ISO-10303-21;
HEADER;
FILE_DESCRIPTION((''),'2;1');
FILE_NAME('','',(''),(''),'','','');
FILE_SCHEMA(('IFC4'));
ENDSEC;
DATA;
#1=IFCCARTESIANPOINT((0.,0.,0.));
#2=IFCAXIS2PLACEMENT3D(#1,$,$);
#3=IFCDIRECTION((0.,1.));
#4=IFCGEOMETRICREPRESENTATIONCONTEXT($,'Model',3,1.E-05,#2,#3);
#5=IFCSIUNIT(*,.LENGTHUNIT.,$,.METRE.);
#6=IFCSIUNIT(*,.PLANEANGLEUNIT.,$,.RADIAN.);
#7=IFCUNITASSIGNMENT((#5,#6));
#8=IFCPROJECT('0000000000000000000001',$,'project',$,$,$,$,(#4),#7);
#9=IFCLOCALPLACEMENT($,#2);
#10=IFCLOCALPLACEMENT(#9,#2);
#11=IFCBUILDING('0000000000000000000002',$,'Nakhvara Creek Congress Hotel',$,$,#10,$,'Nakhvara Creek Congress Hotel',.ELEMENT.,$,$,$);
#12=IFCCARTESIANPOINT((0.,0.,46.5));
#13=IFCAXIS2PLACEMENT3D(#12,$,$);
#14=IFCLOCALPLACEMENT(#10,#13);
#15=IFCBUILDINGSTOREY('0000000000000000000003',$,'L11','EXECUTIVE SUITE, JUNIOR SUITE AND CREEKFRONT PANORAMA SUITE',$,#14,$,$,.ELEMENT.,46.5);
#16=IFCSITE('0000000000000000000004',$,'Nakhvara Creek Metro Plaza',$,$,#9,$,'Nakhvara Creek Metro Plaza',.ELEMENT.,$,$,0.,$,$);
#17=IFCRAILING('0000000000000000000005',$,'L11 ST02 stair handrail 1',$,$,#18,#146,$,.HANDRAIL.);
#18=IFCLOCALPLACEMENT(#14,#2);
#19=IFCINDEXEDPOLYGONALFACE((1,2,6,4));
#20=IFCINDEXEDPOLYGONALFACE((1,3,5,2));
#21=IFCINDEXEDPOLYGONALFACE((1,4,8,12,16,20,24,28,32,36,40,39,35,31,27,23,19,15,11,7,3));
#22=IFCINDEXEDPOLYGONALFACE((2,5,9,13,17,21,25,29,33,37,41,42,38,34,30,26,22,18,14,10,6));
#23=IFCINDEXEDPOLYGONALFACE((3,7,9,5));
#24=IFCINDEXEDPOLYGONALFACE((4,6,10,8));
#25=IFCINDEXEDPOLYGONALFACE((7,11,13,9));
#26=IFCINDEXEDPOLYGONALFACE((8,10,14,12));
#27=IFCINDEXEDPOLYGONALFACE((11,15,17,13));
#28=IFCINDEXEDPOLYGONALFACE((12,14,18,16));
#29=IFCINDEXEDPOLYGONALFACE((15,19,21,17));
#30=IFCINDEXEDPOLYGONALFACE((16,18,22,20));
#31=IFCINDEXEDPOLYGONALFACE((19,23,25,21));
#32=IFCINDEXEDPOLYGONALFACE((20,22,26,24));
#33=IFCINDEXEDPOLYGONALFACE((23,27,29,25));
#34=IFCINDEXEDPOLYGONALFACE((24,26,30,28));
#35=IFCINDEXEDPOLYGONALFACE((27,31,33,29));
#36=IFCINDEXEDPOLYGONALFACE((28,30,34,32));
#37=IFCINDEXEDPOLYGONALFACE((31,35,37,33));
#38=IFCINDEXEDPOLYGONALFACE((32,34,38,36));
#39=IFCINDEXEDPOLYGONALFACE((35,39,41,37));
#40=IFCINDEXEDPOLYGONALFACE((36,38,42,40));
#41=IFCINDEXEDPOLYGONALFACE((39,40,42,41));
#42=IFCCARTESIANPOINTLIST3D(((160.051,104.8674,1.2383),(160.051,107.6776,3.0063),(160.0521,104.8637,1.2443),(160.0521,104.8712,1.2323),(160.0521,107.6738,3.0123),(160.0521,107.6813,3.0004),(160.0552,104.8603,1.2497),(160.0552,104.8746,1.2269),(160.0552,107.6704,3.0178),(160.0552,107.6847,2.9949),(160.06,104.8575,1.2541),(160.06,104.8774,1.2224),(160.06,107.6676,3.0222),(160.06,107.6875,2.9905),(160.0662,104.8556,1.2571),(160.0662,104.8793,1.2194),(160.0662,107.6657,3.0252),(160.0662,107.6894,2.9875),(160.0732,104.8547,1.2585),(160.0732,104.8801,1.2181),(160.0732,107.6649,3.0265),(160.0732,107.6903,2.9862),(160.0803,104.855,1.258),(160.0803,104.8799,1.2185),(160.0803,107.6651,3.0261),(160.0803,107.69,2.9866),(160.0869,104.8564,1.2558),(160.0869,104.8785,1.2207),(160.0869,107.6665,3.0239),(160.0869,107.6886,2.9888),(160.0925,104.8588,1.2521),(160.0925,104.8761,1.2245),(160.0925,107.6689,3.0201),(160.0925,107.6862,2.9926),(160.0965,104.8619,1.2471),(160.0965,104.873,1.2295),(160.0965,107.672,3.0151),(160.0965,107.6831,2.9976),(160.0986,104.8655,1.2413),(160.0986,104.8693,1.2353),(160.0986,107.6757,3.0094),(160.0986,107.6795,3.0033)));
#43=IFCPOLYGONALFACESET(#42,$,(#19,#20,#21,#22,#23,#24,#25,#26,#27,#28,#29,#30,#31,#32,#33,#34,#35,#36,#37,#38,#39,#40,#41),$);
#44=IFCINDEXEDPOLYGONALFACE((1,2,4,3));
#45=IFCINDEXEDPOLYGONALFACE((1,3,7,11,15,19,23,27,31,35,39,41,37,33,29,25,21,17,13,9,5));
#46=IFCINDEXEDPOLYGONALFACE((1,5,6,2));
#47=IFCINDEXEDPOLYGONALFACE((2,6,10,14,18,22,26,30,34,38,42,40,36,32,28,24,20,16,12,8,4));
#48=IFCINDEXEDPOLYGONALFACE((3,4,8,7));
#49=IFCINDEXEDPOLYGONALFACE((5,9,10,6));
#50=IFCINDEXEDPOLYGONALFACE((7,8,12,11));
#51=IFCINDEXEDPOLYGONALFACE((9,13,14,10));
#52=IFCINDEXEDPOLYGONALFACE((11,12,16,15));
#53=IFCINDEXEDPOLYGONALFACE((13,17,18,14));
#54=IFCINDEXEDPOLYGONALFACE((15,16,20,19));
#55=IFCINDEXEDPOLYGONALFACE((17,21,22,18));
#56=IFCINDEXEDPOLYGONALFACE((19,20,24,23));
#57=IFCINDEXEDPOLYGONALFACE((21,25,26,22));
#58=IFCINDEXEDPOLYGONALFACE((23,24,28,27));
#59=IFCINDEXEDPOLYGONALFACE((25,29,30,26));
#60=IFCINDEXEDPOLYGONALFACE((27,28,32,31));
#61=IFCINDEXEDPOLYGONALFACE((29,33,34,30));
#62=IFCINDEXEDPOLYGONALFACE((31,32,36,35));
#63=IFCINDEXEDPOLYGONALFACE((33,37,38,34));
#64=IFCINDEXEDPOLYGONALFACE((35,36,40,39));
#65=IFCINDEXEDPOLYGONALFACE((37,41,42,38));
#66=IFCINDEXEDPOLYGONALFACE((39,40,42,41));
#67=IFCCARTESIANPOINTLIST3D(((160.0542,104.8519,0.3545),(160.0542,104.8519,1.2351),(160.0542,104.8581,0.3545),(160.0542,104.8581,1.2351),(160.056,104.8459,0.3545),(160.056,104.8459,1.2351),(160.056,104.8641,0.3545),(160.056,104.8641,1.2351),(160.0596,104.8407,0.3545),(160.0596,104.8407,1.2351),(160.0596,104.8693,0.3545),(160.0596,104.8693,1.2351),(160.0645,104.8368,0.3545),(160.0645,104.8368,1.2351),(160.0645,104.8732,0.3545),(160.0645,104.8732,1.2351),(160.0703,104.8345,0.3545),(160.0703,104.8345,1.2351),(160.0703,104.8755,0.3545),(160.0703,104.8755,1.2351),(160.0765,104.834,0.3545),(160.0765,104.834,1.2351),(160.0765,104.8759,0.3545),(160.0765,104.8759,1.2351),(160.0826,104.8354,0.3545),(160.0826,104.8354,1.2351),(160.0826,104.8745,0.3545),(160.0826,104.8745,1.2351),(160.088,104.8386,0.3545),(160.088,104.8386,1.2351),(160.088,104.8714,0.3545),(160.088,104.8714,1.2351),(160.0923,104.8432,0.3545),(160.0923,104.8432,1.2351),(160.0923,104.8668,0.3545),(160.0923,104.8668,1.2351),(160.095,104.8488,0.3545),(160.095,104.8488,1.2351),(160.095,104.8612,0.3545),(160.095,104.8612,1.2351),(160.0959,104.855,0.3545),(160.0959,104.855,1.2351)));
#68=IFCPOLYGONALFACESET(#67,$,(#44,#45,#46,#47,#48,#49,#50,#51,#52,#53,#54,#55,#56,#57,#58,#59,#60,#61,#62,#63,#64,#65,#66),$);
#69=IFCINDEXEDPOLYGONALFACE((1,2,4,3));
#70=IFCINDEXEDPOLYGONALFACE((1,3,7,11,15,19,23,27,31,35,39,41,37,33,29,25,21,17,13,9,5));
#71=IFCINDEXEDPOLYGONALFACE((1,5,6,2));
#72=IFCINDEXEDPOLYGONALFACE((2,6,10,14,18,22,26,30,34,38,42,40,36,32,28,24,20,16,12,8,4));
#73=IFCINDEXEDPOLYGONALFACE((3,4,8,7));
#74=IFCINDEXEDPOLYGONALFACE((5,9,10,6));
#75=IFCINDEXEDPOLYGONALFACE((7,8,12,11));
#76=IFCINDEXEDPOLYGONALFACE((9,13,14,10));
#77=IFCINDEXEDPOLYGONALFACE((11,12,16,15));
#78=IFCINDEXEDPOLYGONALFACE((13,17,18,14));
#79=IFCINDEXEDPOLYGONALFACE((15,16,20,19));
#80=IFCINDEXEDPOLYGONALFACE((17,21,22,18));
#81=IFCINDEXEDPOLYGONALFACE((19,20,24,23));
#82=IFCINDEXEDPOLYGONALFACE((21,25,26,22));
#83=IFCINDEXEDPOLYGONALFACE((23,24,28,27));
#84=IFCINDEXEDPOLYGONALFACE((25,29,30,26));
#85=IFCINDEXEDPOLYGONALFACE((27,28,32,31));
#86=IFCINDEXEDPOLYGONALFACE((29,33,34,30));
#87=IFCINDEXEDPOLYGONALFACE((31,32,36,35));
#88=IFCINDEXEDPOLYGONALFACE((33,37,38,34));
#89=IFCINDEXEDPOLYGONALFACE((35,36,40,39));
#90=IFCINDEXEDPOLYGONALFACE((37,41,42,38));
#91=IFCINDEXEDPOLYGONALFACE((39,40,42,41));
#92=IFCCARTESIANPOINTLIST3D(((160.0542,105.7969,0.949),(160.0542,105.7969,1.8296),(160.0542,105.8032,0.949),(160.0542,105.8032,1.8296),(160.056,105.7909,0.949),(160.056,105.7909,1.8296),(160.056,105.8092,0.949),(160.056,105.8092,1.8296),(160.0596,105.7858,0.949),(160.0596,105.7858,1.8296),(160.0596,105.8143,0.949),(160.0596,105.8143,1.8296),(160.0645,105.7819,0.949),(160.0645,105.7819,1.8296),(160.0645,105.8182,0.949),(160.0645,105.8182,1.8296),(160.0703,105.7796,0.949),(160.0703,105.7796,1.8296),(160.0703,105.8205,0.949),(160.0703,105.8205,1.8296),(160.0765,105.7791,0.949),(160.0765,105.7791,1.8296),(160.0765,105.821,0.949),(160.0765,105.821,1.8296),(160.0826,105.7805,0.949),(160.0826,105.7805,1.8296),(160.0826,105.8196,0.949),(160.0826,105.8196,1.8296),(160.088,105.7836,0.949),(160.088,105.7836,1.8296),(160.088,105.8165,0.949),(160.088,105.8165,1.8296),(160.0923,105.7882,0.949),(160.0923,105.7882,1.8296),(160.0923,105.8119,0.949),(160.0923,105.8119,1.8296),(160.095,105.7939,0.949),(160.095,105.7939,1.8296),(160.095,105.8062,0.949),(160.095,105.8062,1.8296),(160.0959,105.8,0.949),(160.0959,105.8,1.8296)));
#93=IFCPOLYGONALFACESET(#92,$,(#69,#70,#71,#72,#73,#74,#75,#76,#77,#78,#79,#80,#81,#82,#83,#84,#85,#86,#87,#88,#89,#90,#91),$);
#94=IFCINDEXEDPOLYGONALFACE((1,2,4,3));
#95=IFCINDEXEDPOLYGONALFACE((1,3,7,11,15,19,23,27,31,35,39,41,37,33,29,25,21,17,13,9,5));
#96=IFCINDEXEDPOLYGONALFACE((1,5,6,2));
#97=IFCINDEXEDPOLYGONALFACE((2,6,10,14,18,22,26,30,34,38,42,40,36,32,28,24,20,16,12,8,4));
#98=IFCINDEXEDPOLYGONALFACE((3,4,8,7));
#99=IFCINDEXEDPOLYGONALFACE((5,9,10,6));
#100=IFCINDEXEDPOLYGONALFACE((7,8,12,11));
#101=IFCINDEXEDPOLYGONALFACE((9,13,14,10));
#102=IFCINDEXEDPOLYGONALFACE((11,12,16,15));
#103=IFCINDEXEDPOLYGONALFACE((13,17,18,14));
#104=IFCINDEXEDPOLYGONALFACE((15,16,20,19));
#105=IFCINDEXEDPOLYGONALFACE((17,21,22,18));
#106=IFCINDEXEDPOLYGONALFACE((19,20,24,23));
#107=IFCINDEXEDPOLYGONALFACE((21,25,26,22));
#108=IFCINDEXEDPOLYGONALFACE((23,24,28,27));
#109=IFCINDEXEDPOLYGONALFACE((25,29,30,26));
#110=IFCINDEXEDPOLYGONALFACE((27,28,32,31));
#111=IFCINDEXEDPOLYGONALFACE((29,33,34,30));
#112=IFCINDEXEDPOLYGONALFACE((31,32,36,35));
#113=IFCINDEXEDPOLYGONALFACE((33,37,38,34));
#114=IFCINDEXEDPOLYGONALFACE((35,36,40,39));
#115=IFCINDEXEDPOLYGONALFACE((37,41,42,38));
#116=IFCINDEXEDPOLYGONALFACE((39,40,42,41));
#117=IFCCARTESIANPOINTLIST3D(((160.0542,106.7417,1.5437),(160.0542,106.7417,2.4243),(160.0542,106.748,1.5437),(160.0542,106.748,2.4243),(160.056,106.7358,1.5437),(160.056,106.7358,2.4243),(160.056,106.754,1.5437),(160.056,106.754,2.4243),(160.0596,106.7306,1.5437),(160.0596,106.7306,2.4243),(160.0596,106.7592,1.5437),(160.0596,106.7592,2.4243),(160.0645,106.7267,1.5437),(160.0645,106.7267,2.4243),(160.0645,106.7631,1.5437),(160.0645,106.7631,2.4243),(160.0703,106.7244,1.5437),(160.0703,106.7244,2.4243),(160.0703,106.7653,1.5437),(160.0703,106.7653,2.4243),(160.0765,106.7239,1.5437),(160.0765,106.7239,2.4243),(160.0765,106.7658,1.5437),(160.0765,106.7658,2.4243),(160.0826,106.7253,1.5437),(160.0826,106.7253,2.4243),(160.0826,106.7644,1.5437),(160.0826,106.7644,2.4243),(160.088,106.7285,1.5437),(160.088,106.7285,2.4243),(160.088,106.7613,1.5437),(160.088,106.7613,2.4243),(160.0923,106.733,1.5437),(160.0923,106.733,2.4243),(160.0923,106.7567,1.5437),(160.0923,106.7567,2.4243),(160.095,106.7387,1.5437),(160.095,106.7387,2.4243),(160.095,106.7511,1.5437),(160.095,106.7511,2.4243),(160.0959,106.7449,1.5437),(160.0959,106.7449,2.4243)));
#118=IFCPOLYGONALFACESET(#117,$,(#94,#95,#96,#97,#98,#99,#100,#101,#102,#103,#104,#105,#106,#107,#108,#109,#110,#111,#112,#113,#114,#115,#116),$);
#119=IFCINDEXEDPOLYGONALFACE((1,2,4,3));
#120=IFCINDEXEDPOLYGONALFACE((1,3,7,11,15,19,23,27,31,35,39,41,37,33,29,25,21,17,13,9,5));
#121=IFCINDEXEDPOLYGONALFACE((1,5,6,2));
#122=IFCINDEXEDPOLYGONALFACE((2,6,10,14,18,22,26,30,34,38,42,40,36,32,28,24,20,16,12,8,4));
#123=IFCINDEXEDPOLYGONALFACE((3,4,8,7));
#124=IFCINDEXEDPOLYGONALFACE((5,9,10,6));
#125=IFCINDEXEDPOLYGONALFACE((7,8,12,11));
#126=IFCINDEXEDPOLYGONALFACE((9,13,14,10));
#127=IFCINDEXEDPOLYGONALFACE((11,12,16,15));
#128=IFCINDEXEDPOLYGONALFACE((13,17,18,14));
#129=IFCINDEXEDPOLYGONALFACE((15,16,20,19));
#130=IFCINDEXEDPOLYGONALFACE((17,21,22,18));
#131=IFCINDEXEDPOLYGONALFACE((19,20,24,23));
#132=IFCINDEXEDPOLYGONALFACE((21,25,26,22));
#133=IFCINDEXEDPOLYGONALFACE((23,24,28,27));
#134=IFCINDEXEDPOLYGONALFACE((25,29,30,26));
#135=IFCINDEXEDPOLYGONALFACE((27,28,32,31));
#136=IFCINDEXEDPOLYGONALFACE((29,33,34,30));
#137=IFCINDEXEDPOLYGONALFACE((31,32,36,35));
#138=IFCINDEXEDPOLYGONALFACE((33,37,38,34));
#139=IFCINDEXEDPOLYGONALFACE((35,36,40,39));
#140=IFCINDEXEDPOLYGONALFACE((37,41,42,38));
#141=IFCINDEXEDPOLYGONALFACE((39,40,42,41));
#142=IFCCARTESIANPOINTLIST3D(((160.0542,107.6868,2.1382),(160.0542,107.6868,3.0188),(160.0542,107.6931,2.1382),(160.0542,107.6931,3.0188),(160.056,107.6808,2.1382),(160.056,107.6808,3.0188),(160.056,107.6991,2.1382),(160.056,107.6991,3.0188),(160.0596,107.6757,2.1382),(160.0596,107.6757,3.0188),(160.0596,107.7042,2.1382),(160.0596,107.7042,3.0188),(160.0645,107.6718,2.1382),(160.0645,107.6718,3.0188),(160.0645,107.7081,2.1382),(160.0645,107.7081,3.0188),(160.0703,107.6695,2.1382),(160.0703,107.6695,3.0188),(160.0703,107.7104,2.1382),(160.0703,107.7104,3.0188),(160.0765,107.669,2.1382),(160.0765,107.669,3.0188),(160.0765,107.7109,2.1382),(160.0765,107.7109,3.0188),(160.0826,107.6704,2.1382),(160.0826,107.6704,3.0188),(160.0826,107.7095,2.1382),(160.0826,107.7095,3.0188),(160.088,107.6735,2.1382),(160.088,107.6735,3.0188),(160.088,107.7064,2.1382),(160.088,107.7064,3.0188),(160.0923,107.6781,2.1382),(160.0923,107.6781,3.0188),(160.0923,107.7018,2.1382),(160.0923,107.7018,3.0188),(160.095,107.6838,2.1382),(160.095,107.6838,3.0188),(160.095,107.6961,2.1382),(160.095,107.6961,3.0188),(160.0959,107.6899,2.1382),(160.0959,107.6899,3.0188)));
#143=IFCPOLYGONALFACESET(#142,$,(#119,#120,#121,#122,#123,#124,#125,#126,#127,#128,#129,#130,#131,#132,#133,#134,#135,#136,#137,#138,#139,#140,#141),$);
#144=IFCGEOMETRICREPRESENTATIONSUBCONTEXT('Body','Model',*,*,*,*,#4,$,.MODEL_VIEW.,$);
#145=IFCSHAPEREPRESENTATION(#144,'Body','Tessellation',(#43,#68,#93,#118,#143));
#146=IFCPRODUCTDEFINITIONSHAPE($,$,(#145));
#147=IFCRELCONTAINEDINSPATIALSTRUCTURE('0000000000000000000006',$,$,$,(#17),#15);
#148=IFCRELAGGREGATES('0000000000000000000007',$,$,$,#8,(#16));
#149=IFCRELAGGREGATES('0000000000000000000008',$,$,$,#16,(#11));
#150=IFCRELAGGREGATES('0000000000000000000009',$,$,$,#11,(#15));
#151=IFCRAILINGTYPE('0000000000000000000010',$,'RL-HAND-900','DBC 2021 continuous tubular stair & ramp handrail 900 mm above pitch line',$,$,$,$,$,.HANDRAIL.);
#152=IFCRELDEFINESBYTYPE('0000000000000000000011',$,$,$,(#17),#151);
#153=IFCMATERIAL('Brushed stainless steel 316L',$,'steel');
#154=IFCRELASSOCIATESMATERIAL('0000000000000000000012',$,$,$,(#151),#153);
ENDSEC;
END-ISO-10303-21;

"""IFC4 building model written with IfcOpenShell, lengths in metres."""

from ifc_helpers import new_model, si_unit, direction, frame, origin, origin_2d, place, context, subcontext, project, spatial, circle, extrude, material, type_object, element, save


model = new_model("IFC4")

# Units and contexts
model_context = context("Model", 3, precision=1e-05, world=origin(), true_north=direction((0.0, 1.0)))
body_context = subcontext(model_context, "Body", "Model", "MODEL_VIEW")
ifc_project = project(units=[si_unit("LENGTHUNIT", "METRE"), si_unit("PLANEANGLEUNIT", "RADIAN")], contexts=[model_context])

# Site, building, storey
site_placement = place(None, origin())
site = spatial("IfcSite", under=ifc_project, at=site_placement, Name="Nakhvara Creek Metro Plaza", LongName="Nakhvara Creek Metro Plaza", CompositionType="ELEMENT", RefElevation=0.0)
building_placement = place(site_placement, origin())
building = spatial("IfcBuilding", under=site, at=building_placement, Name="Nakhvara Creek Congress Hotel", LongName="Nakhvara Creek Congress Hotel", CompositionType="ELEMENT")
storey_placement = place(building_placement, frame((0.0, 0.0, 46.5)))
storey = spatial("IfcBuildingStorey", under=building, at=storey_placement, Name="L11", Description="EXECUTIVE SUITE, JUNIOR SUITE AND CREEKFRONT PANORAMA SUITE", CompositionType="ELEMENT", Elevation=46.5)

# Railing
ifc_material_1 = material(Name="Brushed stainless steel 316L", Category="steel")
railing_type_1 = type_object("IfcRailingType", Name="RL-HAND-900", Description="DBC 2021 continuous tubular stair & ramp handrail 900 mm above pitch line", PredefinedType="HANDRAIL", material=ifc_material_1)
railing_1_placement = place(storey_placement, frame((160.075, 104.855, 0.3545)))
element("IfcRailing", 1, at=railing_1_placement, inside=storey, type_object=railing_type_1, Name="L11 ST02 stair handrail 1", PredefinedType="HANDRAIL", context=body_context, shape_type="SweptSolid", body=[
    extrude(circle(Radius=0.0239, at=origin_2d()), frame((0.0, 0.0125, 0.8838), z_axis=(0.0, 0.846406, 0.532539), x_axis=(-1.0, 0.0, 0.0)), (0.0, 0.0, 1.0), 3.3201),
    extrude(circle(Radius=0.021, at=origin_2d()), origin(), (0.0, 0.0, 1.0), 0.8806),
    extrude(circle(Radius=0.021, at=origin_2d()), frame((0.0, 0.9451, 0.5945)), (0.0, 0.0, 1.0), 0.8806),
    extrude(circle(Radius=0.021, at=origin_2d()), frame((0.0, 1.8899, 1.1892)), (0.0, 0.0, 1.0), 0.8806),
    extrude(circle(Radius=0.021, at=origin_2d()), frame((0.0, 2.835, 1.7837)), (0.0, 0.0, 1.0), 0.8806),
])

save(model, "model.ifc")
